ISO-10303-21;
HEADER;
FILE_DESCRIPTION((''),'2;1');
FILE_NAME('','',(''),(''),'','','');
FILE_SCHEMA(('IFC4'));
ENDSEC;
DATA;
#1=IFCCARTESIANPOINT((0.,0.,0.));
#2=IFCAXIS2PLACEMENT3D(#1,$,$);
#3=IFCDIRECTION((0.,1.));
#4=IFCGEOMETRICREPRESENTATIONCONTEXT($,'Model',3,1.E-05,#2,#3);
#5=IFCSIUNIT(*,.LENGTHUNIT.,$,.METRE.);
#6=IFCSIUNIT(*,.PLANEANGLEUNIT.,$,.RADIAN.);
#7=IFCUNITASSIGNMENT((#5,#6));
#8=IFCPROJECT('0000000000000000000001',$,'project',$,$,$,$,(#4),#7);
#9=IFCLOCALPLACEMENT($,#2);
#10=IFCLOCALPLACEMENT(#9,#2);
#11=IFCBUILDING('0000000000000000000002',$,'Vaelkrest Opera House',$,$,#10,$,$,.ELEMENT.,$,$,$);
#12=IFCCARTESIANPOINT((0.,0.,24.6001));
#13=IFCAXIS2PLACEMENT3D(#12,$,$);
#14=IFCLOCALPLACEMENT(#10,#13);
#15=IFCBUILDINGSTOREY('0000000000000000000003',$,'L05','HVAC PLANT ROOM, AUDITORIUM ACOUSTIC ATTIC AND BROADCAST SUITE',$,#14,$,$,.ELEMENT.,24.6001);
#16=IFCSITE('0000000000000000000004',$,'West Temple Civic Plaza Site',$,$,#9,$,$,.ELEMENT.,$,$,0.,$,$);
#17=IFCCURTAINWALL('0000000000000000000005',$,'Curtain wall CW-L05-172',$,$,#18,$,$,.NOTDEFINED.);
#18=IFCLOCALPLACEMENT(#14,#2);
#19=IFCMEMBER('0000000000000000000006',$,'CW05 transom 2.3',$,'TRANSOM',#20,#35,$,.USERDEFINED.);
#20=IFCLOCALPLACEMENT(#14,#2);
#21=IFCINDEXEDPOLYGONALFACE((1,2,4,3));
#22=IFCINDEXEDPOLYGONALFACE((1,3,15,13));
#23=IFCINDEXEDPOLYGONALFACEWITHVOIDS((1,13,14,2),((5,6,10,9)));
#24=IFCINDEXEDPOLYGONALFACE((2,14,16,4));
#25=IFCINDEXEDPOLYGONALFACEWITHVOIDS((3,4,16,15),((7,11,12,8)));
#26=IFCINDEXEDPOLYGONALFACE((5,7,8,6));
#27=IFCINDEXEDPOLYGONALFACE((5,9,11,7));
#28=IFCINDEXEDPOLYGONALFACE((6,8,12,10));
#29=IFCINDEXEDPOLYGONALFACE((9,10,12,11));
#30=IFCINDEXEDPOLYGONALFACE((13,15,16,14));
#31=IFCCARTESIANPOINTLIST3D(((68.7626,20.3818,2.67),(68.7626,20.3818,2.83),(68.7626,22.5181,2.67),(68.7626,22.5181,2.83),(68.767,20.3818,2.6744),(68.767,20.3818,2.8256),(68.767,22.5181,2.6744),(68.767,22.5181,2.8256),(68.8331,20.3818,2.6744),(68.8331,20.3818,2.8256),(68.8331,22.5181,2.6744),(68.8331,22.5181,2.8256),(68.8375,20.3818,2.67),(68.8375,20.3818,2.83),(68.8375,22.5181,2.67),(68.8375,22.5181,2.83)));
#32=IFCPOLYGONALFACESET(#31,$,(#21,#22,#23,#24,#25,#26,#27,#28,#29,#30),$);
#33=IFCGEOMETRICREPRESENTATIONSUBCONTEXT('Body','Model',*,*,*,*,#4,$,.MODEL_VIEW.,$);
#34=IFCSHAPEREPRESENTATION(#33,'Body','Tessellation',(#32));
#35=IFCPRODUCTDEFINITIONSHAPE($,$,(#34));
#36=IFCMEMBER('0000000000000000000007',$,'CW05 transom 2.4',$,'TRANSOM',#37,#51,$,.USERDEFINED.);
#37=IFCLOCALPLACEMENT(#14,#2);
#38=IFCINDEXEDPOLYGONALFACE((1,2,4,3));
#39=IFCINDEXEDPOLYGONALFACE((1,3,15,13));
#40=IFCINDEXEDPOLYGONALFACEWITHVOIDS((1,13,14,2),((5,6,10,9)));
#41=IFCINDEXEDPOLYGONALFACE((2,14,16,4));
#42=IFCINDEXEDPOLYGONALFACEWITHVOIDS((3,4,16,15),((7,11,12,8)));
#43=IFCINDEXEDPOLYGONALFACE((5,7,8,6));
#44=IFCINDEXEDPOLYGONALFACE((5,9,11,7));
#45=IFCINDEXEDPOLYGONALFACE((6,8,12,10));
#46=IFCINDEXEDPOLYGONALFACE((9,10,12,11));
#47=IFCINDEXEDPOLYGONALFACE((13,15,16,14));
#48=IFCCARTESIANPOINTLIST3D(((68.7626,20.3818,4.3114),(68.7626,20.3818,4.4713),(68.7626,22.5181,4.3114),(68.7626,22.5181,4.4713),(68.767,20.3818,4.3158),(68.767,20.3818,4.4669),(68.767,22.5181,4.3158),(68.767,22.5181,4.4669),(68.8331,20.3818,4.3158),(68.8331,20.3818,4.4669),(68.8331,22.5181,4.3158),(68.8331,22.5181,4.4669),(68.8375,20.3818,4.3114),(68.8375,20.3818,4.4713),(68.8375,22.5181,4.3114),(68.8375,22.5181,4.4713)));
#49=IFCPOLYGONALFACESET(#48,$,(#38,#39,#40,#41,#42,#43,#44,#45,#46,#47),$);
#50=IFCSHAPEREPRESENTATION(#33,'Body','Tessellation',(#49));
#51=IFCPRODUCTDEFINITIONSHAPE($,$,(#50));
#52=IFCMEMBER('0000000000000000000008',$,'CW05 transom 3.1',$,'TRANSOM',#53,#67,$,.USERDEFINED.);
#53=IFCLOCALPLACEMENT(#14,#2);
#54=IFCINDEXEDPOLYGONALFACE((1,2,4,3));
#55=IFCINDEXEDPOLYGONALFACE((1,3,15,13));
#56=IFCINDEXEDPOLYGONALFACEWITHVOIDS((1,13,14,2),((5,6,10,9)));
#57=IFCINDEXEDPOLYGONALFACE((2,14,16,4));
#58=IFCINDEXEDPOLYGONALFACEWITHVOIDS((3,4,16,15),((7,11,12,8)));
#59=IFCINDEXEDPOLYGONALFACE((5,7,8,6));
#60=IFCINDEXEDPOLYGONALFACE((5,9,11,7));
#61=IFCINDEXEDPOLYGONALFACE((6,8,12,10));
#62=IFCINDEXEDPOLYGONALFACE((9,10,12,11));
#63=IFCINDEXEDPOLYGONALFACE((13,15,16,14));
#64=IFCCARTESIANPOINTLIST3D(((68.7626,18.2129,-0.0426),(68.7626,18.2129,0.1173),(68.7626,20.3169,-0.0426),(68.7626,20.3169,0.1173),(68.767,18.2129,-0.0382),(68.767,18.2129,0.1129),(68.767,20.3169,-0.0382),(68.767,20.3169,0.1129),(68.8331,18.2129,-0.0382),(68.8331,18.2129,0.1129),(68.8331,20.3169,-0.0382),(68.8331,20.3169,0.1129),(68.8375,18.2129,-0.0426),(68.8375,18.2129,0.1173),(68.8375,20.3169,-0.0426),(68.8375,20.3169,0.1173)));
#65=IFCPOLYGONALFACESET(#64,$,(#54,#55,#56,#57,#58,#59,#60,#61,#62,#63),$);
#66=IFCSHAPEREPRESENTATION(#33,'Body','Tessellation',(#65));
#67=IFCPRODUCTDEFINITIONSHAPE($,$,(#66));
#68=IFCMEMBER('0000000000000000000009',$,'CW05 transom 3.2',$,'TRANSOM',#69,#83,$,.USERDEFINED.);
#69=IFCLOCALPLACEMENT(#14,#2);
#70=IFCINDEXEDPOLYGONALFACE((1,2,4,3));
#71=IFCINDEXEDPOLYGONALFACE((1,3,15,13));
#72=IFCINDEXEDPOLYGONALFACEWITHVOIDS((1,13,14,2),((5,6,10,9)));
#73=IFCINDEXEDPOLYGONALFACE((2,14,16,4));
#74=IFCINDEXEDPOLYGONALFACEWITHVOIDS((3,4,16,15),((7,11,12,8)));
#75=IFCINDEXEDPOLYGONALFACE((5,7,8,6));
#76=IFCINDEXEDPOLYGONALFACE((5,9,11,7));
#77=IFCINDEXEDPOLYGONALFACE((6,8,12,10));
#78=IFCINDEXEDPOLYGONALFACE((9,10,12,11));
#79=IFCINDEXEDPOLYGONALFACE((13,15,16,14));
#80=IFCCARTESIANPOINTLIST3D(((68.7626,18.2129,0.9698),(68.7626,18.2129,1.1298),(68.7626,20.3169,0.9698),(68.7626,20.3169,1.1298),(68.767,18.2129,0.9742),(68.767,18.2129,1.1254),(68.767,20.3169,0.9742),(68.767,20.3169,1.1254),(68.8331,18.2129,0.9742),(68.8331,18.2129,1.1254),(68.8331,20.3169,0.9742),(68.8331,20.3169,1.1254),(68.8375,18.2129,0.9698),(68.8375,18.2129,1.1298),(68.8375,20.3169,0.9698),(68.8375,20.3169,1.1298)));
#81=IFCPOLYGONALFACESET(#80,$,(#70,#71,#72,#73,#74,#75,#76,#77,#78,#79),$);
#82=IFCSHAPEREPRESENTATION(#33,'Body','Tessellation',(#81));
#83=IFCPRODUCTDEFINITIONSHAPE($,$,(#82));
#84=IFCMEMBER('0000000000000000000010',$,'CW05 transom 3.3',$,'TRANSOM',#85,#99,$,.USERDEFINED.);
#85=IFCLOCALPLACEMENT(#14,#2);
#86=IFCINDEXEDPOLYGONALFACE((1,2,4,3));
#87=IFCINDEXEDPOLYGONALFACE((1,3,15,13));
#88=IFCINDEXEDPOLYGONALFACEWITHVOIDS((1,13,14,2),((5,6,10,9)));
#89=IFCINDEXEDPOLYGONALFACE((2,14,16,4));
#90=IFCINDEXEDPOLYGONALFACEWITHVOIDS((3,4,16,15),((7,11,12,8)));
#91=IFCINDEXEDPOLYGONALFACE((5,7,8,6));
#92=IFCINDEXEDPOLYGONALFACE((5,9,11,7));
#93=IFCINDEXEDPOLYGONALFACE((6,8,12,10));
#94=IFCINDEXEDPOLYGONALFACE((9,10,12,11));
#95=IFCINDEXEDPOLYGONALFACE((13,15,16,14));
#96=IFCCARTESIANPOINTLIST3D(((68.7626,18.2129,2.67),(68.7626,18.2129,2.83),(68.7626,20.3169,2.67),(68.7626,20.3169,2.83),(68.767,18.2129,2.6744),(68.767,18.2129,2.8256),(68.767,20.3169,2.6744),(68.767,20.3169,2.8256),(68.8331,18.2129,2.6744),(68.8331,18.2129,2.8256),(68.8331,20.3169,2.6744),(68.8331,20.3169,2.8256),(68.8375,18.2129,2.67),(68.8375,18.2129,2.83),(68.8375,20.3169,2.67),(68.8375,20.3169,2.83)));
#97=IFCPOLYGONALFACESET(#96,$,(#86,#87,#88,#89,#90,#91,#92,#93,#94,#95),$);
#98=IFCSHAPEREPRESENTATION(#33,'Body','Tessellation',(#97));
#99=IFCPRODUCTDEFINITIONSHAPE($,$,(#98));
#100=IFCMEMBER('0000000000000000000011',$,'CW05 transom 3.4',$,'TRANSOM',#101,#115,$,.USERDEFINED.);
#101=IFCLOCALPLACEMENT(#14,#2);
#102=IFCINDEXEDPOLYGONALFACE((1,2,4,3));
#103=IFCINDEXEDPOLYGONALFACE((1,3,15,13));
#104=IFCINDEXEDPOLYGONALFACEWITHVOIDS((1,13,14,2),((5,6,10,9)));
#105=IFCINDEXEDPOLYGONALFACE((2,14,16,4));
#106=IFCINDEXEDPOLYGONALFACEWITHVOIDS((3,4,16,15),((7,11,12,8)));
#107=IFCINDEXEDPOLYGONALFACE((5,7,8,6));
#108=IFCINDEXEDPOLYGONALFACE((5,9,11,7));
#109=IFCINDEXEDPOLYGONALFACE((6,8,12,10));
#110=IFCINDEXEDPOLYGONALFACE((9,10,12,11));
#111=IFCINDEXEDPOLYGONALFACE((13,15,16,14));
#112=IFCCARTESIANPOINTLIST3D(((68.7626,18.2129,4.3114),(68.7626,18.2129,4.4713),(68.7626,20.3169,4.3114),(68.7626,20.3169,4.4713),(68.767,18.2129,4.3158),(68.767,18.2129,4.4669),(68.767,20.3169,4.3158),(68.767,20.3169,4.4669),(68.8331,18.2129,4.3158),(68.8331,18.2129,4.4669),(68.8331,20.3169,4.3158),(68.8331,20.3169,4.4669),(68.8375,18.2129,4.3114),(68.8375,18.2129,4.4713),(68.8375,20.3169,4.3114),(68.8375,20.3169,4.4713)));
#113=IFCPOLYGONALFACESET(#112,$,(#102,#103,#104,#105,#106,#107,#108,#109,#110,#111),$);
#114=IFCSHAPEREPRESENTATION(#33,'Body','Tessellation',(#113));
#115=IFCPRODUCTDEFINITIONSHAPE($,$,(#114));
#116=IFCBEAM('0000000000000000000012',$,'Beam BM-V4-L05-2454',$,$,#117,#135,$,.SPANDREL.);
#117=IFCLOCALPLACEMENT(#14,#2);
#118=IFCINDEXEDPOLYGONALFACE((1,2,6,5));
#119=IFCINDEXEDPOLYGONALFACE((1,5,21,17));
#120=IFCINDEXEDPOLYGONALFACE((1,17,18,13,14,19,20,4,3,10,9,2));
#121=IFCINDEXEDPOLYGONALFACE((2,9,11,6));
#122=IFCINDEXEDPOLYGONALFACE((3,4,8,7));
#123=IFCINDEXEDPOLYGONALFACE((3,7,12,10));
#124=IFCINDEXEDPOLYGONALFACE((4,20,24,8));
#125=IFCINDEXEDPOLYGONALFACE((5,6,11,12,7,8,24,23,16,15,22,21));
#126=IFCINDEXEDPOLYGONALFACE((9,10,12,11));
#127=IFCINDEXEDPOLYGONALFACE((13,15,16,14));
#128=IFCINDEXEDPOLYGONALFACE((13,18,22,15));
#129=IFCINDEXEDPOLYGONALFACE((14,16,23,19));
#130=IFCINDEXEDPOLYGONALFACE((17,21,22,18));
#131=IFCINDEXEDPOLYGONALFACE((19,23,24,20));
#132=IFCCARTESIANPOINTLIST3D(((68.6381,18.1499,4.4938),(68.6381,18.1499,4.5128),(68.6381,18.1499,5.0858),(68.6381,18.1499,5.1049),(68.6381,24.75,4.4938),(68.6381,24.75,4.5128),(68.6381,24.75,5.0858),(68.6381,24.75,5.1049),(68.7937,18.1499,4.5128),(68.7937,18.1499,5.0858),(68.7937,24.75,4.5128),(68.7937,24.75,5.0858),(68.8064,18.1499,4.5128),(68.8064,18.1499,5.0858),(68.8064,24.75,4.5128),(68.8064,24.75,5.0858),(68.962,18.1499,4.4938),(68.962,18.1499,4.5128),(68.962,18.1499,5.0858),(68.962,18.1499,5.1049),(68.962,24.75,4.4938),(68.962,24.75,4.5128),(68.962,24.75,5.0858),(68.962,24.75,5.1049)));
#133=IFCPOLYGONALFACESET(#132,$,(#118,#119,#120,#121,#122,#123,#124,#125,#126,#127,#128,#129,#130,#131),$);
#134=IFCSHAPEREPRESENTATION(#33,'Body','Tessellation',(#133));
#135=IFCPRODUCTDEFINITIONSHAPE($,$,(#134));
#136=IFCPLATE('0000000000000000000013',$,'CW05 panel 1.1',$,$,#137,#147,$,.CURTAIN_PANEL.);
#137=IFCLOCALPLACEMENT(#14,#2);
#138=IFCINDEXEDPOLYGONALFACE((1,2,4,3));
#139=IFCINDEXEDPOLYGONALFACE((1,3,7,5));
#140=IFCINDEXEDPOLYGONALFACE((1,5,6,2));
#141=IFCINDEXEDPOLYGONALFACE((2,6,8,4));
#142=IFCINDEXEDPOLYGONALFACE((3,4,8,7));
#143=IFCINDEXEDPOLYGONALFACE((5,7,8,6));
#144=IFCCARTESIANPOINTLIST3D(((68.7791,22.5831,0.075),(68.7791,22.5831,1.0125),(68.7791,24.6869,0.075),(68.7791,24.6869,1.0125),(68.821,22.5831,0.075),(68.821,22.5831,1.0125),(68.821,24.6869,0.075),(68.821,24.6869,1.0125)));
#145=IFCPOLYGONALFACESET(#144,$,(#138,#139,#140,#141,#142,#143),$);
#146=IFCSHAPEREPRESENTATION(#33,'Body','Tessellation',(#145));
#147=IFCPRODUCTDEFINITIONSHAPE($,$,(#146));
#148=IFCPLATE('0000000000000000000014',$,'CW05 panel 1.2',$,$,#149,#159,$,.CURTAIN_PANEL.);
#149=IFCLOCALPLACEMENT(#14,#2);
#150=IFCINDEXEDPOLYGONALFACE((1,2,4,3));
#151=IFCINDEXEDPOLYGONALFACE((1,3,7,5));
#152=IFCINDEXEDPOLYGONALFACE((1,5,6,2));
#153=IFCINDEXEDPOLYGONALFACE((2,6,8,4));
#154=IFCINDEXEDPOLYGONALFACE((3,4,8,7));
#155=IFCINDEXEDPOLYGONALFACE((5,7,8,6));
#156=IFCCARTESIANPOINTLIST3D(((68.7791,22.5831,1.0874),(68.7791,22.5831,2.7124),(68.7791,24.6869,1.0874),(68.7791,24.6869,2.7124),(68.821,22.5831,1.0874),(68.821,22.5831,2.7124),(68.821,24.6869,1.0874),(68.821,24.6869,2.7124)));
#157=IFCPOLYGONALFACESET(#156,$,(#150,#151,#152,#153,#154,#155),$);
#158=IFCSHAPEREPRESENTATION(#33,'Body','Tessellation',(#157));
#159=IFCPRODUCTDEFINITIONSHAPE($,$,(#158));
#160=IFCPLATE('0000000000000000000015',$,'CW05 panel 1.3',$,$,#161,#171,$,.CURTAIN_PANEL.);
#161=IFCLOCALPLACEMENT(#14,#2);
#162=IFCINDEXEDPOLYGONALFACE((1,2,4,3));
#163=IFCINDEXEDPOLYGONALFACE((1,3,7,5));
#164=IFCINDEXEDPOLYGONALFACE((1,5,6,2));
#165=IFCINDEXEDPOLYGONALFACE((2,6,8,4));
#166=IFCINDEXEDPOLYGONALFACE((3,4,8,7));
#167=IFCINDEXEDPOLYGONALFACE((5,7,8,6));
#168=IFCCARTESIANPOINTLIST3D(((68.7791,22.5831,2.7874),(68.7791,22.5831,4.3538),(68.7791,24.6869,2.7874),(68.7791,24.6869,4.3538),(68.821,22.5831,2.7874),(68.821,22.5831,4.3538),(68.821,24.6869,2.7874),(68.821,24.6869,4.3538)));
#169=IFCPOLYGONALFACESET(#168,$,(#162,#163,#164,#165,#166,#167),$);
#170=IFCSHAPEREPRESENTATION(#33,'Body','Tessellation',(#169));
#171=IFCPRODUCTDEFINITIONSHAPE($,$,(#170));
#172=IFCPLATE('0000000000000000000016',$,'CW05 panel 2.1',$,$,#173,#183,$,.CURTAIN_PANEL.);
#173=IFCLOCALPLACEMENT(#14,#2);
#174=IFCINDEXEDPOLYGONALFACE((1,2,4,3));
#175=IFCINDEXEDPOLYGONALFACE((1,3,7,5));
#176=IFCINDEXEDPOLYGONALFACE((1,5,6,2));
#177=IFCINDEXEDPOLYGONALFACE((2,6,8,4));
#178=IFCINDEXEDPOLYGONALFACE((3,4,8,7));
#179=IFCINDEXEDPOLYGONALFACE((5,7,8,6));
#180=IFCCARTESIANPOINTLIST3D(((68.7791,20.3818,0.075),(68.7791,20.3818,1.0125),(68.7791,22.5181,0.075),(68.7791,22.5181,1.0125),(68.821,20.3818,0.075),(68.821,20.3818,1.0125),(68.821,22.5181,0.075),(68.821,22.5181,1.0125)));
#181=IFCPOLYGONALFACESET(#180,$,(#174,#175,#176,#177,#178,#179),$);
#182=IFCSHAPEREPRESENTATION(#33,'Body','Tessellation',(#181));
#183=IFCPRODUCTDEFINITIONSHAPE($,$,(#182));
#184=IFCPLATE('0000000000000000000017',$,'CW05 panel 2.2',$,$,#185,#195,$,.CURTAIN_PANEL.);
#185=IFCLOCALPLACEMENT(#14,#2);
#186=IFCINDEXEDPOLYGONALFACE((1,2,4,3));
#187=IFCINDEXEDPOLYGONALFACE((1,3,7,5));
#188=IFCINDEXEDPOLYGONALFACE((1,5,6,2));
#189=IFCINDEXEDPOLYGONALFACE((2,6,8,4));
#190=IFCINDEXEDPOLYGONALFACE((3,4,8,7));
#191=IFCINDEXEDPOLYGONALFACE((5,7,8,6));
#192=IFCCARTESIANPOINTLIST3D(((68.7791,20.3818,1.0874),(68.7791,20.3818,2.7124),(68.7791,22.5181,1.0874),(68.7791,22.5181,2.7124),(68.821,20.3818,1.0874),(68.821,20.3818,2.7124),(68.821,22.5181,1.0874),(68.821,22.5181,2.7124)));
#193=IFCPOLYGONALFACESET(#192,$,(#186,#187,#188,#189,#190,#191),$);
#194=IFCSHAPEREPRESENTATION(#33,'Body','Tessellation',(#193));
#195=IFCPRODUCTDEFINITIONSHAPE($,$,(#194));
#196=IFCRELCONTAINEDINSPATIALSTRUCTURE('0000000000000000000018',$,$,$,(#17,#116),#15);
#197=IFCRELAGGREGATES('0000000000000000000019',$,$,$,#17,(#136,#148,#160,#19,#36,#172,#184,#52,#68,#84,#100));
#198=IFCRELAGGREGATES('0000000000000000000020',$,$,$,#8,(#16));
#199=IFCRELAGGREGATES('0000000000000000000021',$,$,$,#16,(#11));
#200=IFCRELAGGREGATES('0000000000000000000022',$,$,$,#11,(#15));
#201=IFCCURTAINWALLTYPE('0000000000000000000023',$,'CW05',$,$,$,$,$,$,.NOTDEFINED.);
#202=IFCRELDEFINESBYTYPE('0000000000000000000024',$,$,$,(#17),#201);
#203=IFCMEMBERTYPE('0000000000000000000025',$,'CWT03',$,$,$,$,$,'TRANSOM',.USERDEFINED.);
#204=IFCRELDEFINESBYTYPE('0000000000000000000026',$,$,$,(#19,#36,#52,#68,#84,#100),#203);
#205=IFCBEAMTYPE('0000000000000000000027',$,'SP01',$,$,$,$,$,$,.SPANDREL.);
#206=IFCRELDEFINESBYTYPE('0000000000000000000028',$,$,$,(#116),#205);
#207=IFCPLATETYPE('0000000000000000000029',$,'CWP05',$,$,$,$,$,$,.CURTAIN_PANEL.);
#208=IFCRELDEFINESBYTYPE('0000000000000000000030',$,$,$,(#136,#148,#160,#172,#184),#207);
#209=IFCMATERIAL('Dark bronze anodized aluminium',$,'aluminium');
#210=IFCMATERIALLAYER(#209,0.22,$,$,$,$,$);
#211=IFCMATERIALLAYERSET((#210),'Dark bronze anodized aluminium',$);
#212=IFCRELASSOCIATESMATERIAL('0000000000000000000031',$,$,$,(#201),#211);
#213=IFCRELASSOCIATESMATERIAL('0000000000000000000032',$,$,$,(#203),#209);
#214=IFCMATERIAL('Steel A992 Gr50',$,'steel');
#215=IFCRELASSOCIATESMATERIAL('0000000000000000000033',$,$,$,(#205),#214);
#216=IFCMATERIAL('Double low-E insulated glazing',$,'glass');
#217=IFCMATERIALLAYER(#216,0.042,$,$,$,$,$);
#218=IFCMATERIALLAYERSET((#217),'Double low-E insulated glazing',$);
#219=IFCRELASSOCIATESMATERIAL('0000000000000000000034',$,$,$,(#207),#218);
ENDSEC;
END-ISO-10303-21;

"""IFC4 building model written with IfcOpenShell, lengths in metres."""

from ifc_helpers import new_model, si_unit, direction, frame, origin, origin_2d, place, context, subcontext, project, spatial, rectangle, hollow_rectangle, i_section, extrude, material, layer, layer_set, material_profile, profile_set, type_object, element, aggregate, save


model = new_model("IFC4")

# Units and contexts
model_context = context("Model", 3, precision=1e-05, world=origin(), true_north=direction((0.0, 1.0)))
body_context = subcontext(model_context, "Body", "Model", "MODEL_VIEW")
ifc_project = project(units=[si_unit("LENGTHUNIT", "METRE"), si_unit("PLANEANGLEUNIT", "RADIAN")], contexts=[model_context])

# Site, building, storey
site_placement = place(None, origin())
site = spatial("IfcSite", under=ifc_project, at=site_placement, Name="West Temple Civic Plaza Site", CompositionType="ELEMENT", RefElevation=0.0)
building_placement = place(site_placement, origin())
building = spatial("IfcBuilding", under=site, at=building_placement, Name="Vaelkrest Opera House", CompositionType="ELEMENT")
storey_placement = place(building_placement, frame((0.0, 0.0, 24.6001)))
storey = spatial("IfcBuildingStorey", under=building, at=storey_placement, Name="L05", Description="HVAC PLANT ROOM, AUDITORIUM ACOUSTIC ATTIC AND BROADCAST SUITE", CompositionType="ELEMENT", Elevation=24.6001)

# Curtain wall, members
ifc_material_1 = material(Name="Dark bronze anodized aluminium", Category="aluminium")
ifc_layer_1 = layer(ifc_material_1, 0.22)
ifc_layer_set_1 = layer_set([ifc_layer_1], Name="Dark bronze anodized aluminium")
curtain_wall_type = type_object("IfcCurtainWallType", Name="CW05", PredefinedType="NOTDEFINED", material=ifc_layer_set_1)
curtain_wall_placement = place(storey_placement, origin())
curtain_wall = element("IfcCurtainWall", 1, at=curtain_wall_placement, inside=storey, type_object=curtain_wall_type, Name="Curtain wall CW-L05-172", PredefinedType="NOTDEFINED")
ifc_material_profile_1 = material_profile(ifc_material_1, hollow_rectangle(XDim=0.075, YDim=0.1599, WallThickness=0.0044, at=origin_2d()), Name="CWT75X160")
ifc_profile_set_1 = profile_set([ifc_material_profile_1], Name="Dark bronze anodized aluminium")
member_type_1 = type_object("IfcMemberType", Name="CWT03", ElementType="TRANSOM", PredefinedType="USERDEFINED", material=ifc_profile_set_1)
member_1_placement = place(storey_placement, frame((68.8, 22.5181, 2.75), z_axis=(0.0, -1.0, 0.0), x_axis=(1.0, 0.0, 0.0)))
member_1 = element("IfcMember", 2, at=member_1_placement, type_object=member_type_1, Name="CW05 transom 2.3", ObjectType="TRANSOM", PredefinedType="USERDEFINED", context=body_context, shape_type="SweptSolid", body=[
    extrude(hollow_rectangle(XDim=0.075, YDim=0.1599, WallThickness=0.0044, at=origin_2d()), origin(), (0.0, 0.0, 1.0), 2.1362),
])
member_2_placement = place(storey_placement, frame((68.8, 22.5181, 4.3914), z_axis=(0.0, -1.0, 0.0), x_axis=(1.0, 0.0, 0.0)))
member_2 = element("IfcMember", 3, at=member_2_placement, type_object=member_type_1, Name="CW05 transom 2.4", ObjectType="TRANSOM", PredefinedType="USERDEFINED", context=body_context, shape_type="SweptSolid", body=[
    extrude(hollow_rectangle(XDim=0.075, YDim=0.1599, WallThickness=0.0044, at=origin_2d()), origin(), (0.0, 0.0, 1.0), 2.1362),
])
member_3_placement = place(storey_placement, frame((68.8, 20.3169, 0.0374), z_axis=(0.0, -1.0, 0.0), x_axis=(1.0, 0.0, 0.0)))
member_3 = element("IfcMember", 4, at=member_3_placement, type_object=member_type_1, Name="CW05 transom 3.1", ObjectType="TRANSOM", PredefinedType="USERDEFINED", context=body_context, shape_type="SweptSolid", body=[
    extrude(hollow_rectangle(XDim=0.075, YDim=0.1599, WallThickness=0.0044, at=origin_2d()), origin(), (0.0, 0.0, 1.0), 2.104),
])
member_4_placement = place(storey_placement, frame((68.8, 20.3169, 1.0498), z_axis=(0.0, -1.0, 0.0), x_axis=(1.0, 0.0, 0.0)))
member_4 = element("IfcMember", 5, at=member_4_placement, type_object=member_type_1, Name="CW05 transom 3.2", ObjectType="TRANSOM", PredefinedType="USERDEFINED", context=body_context, shape_type="SweptSolid", body=[
    extrude(hollow_rectangle(XDim=0.075, YDim=0.1599, WallThickness=0.0044, at=origin_2d()), origin(), (0.0, 0.0, 1.0), 2.104),
])
member_5_placement = place(storey_placement, frame((68.8, 20.3169, 2.75), z_axis=(0.0, -1.0, 0.0), x_axis=(1.0, 0.0, 0.0)))
member_5 = element("IfcMember", 6, at=member_5_placement, type_object=member_type_1, Name="CW05 transom 3.3", ObjectType="TRANSOM", PredefinedType="USERDEFINED", context=body_context, shape_type="SweptSolid", body=[
    extrude(hollow_rectangle(XDim=0.075, YDim=0.1599, WallThickness=0.0044, at=origin_2d()), origin(), (0.0, 0.0, 1.0), 2.104),
])
member_6_placement = place(storey_placement, frame((68.8, 20.3169, 4.3914), z_axis=(0.0, -1.0, 0.0), x_axis=(1.0, 0.0, 0.0)))
member_6 = element("IfcMember", 7, at=member_6_placement, type_object=member_type_1, Name="CW05 transom 3.4", ObjectType="TRANSOM", PredefinedType="USERDEFINED", context=body_context, shape_type="SweptSolid", body=[
    extrude(hollow_rectangle(XDim=0.075, YDim=0.1599, WallThickness=0.0044, at=origin_2d()), origin(), (0.0, 0.0, 1.0), 2.104),
])

# Beam
ifc_material_2 = material(Name="Steel A992 Gr50", Category="steel")
ifc_material_profile_2 = material_profile(ifc_material_2, i_section(OverallWidth=0.324, OverallDepth=0.6111, WebThickness=0.0127, FlangeThickness=0.019, at=origin_2d()), Name="W24X104")
ifc_profile_set_2 = profile_set([ifc_material_profile_2], Name="Steel A992 Gr50")
beam_type = type_object("IfcBeamType", Name="SP01", PredefinedType="SPANDREL", material=ifc_profile_set_2)
beam_placement = place(storey_placement, frame((68.8, 18.1499, 4.7993), z_axis=(0.0, 1.0, 0.0), x_axis=(-1.0, 0.0, 0.0)))
element("IfcBeam", 8, at=beam_placement, inside=storey, type_object=beam_type, Name="Beam BM-V4-L05-2454", PredefinedType="SPANDREL", context=body_context, shape_type="SweptSolid", body=[
    extrude(i_section(OverallWidth=0.324, OverallDepth=0.6111, WebThickness=0.0127, FlangeThickness=0.019, at=origin_2d()), origin(), (0.0, 0.0, 1.0), 6.6001),
])

# Plates
ifc_material_3 = material(Name="Double low-E insulated glazing", Category="glass")
ifc_layer_2 = layer(ifc_material_3, 0.042)
ifc_layer_set_2 = layer_set([ifc_layer_2], Name="Double low-E insulated glazing")
plate_type = type_object("IfcPlateType", Name="CWP05", PredefinedType="CURTAIN_PANEL", material=ifc_layer_set_2)
plate_1_placement = place(storey_placement, frame((68.8, 23.635, 0.075), z_axis=(0.0, 0.0, 1.0), x_axis=(0.0, -1.0, 0.0)))
plate_1 = element("IfcPlate", 9, at=plate_1_placement, type_object=plate_type, Name="CW05 panel 1.1", PredefinedType="CURTAIN_PANEL", context=body_context, shape_type="SweptSolid", body=[
    extrude(rectangle(XDim=2.1038, YDim=0.042, at=origin_2d()), origin(), (0.0, 0.0, 1.0), 0.9375),
])
plate_2_placement = place(storey_placement, frame((68.8, 23.635, 1.0874), z_axis=(0.0, 0.0, 1.0), x_axis=(0.0, -1.0, 0.0)))
plate_2 = element("IfcPlate", 10, at=plate_2_placement, type_object=plate_type, Name="CW05 panel 1.2", PredefinedType="CURTAIN_PANEL", context=body_context, shape_type="SweptSolid", body=[
    extrude(rectangle(XDim=2.1038, YDim=0.042, at=origin_2d()), origin(), (0.0, 0.0, 1.0), 1.625),
])
plate_3_placement = place(storey_placement, frame((68.8, 23.635, 2.7874), z_axis=(0.0, 0.0, 1.0), x_axis=(0.0, -1.0, 0.0)))
plate_3 = element("IfcPlate", 11, at=plate_3_placement, type_object=plate_type, Name="CW05 panel 1.3", PredefinedType="CURTAIN_PANEL", context=body_context, shape_type="SweptSolid", body=[
    extrude(rectangle(XDim=2.1038, YDim=0.042, at=origin_2d()), origin(), (0.0, 0.0, 1.0), 1.5664),
])
plate_4_placement = place(storey_placement, frame((68.8, 21.45, 0.075), z_axis=(0.0, 0.0, 1.0), x_axis=(0.0, -1.0, 0.0)))
plate_4 = element("IfcPlate", 12, at=plate_4_placement, type_object=plate_type, Name="CW05 panel 2.1", PredefinedType="CURTAIN_PANEL", context=body_context, shape_type="SweptSolid", body=[
    extrude(rectangle(XDim=2.1362, YDim=0.042, at=origin_2d()), origin(), (0.0, 0.0, 1.0), 0.9375),
])
plate_5_placement = place(storey_placement, frame((68.8, 21.45, 1.0874), z_axis=(0.0, 0.0, 1.0), x_axis=(0.0, -1.0, 0.0)))
plate_5 = element("IfcPlate", 13, at=plate_5_placement, type_object=plate_type, Name="CW05 panel 2.2", PredefinedType="CURTAIN_PANEL", context=body_context, shape_type="SweptSolid", body=[
    extrude(rectangle(XDim=2.1362, YDim=0.042, at=origin_2d()), origin(), (0.0, 0.0, 1.0), 1.625),
])
aggregate(curtain_wall, [plate_1, plate_2, plate_3, member_1, member_2, plate_4, plate_5, member_3, member_4, member_5, member_6])

save(model, "model.ifc")
